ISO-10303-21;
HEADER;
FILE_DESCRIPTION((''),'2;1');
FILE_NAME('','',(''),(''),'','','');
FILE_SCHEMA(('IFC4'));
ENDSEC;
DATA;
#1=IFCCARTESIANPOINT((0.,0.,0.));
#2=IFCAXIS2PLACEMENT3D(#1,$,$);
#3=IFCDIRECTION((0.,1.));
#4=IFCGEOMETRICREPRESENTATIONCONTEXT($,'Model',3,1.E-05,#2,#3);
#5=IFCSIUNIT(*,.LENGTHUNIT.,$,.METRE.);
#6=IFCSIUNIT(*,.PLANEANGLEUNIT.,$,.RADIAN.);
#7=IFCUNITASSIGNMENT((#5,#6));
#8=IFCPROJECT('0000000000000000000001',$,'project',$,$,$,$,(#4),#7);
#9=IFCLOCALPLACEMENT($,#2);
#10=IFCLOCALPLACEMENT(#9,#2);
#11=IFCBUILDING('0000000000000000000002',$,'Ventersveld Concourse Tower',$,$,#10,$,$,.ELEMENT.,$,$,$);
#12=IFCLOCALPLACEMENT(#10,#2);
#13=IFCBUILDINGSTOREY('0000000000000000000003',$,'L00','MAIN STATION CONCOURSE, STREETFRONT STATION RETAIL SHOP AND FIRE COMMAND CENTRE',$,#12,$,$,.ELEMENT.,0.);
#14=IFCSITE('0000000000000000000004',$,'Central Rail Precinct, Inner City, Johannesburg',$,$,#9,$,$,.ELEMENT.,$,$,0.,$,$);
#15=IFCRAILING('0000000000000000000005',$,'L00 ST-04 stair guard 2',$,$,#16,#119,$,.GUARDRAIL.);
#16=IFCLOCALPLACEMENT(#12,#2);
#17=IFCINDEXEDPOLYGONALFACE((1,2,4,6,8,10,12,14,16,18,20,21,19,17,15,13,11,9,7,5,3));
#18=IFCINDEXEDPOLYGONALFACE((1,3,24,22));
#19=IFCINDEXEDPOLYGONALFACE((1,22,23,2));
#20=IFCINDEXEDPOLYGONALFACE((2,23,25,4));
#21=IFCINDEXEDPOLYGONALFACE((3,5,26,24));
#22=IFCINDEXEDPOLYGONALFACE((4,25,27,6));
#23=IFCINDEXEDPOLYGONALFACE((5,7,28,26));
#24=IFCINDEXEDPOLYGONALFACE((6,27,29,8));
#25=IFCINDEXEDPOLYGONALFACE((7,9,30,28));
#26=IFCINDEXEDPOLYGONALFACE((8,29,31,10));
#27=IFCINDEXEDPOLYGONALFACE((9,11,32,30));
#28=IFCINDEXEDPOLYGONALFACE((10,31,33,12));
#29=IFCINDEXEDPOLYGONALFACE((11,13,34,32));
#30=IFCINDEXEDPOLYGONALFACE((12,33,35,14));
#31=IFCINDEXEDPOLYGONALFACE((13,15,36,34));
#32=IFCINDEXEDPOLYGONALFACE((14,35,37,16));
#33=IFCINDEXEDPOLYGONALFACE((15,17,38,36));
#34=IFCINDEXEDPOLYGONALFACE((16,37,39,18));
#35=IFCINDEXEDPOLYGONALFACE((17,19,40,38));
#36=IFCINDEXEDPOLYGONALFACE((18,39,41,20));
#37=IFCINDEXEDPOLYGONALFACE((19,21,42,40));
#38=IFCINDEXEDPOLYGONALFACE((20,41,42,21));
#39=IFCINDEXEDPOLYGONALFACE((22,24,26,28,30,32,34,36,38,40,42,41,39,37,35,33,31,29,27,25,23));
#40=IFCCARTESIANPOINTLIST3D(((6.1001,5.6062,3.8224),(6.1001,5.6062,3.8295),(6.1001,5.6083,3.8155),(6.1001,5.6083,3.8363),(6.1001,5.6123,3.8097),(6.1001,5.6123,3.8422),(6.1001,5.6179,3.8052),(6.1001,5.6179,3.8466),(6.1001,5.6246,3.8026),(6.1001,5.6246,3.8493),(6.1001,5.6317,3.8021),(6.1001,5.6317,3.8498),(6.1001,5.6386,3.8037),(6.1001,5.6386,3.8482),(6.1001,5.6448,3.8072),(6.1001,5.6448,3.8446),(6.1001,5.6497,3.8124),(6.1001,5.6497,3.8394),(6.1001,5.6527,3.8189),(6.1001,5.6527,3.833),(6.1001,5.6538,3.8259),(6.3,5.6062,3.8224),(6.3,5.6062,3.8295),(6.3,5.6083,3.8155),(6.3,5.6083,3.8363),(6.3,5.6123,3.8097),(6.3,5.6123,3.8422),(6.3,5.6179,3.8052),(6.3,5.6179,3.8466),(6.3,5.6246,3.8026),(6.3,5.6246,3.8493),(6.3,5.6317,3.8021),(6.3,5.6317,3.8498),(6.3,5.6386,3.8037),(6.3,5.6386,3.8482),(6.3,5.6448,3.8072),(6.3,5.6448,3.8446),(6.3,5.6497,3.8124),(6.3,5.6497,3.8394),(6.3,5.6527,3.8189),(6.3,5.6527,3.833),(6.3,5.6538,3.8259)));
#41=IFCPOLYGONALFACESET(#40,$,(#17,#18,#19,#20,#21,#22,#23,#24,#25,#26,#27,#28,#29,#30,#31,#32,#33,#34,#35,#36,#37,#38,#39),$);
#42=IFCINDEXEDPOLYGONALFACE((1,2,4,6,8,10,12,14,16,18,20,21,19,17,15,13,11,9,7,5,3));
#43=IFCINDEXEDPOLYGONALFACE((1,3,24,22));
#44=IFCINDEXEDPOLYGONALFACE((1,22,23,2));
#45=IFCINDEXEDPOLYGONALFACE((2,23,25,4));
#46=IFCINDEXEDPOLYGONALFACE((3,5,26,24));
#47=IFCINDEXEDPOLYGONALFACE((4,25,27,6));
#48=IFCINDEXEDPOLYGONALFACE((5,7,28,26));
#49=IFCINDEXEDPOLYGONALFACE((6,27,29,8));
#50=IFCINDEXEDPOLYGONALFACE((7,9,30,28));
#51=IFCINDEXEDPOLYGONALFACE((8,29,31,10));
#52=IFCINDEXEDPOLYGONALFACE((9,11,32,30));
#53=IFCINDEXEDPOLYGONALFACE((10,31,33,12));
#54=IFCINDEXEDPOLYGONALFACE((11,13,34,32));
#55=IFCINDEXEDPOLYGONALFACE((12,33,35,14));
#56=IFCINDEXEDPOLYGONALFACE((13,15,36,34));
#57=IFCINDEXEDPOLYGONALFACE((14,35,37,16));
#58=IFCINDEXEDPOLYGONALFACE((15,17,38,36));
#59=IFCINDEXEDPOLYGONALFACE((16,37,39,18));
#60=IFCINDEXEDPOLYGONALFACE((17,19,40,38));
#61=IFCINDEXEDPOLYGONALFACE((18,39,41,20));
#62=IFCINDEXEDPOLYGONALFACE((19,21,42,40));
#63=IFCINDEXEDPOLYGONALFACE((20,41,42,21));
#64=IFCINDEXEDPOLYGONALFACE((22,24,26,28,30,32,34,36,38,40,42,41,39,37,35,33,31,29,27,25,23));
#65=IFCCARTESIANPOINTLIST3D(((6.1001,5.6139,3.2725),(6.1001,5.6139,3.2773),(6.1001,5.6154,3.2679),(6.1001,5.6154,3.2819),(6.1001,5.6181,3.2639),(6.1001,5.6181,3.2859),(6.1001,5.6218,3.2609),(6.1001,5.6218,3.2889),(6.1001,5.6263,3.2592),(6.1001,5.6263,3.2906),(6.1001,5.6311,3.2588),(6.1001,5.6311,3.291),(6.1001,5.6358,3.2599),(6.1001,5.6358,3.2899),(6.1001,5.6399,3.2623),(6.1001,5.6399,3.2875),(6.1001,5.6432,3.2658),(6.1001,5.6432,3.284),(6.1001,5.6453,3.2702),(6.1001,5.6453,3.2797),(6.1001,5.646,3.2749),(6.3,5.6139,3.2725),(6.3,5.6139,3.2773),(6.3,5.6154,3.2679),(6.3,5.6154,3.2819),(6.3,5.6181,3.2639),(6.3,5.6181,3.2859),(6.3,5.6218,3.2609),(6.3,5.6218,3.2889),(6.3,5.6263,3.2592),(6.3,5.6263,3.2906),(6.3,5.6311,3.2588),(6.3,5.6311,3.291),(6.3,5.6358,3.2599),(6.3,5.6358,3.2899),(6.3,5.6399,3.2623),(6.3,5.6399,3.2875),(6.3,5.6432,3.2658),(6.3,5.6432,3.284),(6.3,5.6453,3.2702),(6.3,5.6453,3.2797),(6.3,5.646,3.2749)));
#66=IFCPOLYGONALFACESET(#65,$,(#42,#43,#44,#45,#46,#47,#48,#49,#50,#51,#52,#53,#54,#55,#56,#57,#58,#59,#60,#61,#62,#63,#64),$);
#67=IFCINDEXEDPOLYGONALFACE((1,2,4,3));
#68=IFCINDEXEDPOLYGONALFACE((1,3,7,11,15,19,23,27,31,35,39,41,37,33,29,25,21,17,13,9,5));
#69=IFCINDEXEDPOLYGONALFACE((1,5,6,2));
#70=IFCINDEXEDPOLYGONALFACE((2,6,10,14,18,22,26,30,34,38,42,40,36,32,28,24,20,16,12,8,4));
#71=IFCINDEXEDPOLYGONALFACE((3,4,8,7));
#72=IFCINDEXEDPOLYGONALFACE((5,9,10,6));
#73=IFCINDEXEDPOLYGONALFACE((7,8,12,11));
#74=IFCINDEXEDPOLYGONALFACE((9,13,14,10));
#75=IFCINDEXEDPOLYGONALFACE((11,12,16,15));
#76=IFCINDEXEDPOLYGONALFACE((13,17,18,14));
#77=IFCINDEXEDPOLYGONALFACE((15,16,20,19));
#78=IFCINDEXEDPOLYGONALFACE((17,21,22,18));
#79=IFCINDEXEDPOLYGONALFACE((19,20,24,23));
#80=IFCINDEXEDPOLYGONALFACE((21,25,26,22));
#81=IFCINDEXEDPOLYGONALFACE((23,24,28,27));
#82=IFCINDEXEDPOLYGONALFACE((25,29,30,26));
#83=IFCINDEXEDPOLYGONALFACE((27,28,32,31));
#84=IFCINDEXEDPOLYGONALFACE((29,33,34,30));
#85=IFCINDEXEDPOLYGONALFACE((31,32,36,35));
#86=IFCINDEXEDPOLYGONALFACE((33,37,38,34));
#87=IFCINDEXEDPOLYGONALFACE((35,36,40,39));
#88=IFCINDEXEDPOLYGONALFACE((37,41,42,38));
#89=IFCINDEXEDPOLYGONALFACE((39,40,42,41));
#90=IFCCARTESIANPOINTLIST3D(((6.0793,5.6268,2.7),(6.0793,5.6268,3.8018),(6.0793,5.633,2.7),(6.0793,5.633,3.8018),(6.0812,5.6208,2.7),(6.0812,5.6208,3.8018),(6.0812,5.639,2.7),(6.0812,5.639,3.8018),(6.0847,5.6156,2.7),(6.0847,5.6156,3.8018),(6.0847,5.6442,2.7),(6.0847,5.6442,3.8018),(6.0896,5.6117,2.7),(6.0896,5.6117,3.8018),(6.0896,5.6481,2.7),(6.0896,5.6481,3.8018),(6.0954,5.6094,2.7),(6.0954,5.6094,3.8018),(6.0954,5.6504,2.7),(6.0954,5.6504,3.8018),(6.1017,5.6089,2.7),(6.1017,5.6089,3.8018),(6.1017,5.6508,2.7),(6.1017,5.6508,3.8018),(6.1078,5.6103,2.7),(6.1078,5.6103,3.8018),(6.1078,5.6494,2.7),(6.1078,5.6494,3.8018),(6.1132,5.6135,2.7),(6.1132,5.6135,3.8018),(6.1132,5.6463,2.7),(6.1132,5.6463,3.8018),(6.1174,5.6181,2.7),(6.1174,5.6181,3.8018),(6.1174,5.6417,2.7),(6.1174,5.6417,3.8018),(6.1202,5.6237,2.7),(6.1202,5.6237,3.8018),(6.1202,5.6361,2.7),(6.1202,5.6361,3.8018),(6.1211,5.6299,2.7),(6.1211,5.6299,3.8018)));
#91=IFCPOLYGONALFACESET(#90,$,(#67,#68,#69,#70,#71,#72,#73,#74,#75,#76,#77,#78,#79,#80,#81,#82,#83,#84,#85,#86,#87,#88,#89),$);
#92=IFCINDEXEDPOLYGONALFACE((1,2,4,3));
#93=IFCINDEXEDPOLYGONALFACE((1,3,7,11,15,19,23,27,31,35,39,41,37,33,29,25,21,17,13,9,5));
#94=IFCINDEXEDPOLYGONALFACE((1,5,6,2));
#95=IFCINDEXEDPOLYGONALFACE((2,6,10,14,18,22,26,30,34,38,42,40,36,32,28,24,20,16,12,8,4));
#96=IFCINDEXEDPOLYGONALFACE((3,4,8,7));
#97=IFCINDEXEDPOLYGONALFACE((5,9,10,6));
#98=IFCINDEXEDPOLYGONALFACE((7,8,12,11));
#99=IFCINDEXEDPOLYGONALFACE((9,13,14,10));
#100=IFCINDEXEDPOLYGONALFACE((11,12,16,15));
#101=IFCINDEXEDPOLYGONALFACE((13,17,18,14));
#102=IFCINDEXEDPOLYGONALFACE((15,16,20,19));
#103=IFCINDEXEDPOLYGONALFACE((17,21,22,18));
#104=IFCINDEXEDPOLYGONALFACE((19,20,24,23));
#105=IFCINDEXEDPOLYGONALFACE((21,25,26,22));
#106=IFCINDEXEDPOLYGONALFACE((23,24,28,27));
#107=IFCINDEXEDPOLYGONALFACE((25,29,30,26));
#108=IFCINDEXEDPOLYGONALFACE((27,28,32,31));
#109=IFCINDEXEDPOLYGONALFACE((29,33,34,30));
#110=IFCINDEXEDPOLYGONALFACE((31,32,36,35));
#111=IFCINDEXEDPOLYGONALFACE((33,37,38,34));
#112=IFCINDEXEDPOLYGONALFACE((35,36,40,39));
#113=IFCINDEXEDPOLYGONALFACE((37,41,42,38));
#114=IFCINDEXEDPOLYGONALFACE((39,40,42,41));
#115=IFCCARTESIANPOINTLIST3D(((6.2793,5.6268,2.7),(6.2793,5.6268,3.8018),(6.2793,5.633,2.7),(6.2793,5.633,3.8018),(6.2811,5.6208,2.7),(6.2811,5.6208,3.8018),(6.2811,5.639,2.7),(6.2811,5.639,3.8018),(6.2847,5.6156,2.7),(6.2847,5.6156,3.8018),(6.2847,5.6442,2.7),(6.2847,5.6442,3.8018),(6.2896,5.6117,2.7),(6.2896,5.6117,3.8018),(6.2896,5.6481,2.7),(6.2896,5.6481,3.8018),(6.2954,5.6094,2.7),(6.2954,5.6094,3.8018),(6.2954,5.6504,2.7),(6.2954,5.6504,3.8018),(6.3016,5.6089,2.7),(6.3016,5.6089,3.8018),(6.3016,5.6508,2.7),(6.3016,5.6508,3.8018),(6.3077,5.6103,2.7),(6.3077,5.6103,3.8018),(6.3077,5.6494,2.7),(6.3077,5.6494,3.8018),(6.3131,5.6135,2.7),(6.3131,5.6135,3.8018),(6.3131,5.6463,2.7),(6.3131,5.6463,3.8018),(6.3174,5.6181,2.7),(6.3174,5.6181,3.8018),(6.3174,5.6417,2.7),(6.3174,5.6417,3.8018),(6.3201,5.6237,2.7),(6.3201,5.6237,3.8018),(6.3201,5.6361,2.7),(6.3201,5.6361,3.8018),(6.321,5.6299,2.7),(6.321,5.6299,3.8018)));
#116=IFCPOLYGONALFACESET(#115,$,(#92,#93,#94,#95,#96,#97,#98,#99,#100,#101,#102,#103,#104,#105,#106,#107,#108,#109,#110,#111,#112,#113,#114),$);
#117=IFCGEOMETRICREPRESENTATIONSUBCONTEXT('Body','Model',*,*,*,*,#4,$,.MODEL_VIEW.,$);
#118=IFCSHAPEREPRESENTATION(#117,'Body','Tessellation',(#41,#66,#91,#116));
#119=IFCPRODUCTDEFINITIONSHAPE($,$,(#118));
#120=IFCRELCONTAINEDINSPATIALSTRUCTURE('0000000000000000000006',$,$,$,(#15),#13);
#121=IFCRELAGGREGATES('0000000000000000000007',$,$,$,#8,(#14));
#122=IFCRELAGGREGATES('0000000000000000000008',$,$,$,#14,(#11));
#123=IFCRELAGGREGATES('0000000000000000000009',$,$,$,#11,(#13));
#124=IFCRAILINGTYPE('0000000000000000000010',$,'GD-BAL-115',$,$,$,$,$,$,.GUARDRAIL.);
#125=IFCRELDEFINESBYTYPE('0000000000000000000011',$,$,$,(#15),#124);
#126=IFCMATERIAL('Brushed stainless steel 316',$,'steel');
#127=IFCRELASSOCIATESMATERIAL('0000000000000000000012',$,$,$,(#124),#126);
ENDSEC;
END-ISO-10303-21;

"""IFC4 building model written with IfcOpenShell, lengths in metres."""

from ifc_helpers import new_model, si_unit, direction, frame, origin, origin_2d, place, context, subcontext, project, spatial, circle, extrude, material, type_object, element, save


model = new_model("IFC4")

# Units and contexts
model_context = context("Model", 3, precision=1e-05, world=origin(), true_north=direction((0.0, 1.0)))
body_context = subcontext(model_context, "Body", "Model", "MODEL_VIEW")
ifc_project = project(units=[si_unit("LENGTHUNIT", "METRE"), si_unit("PLANEANGLEUNIT", "RADIAN")], contexts=[model_context])

# Site, building, storey
site_placement = place(None, origin())
site = spatial("IfcSite", under=ifc_project, at=site_placement, Name="Central Rail Precinct, Inner City, Johannesburg", CompositionType="ELEMENT", RefElevation=0.0)
building_placement = place(site_placement, origin())
building = spatial("IfcBuilding", under=site, at=building_placement, Name="Ventersveld Concourse Tower", CompositionType="ELEMENT")
storey_placement = place(building_placement, origin())
storey = spatial("IfcBuildingStorey", under=building, at=storey_placement, Name="L00", Description="MAIN STATION CONCOURSE, STREETFRONT STATION RETAIL SHOP AND FIRE COMMAND CENTRE", CompositionType="ELEMENT", Elevation=0.0)

# Shared definitions
ifc_material_1 = material(Name="Brushed stainless steel 316", Category="steel")

# Railing
railing_type_1 = type_object("IfcRailingType", Name="GD-BAL-115", PredefinedType="GUARDRAIL", material=ifc_material_1)
railing_1_placement = place(storey_placement, frame((6.1001, 5.6299, 2.7)))
element("IfcRailing", 1, at=railing_1_placement, inside=storey, type_object=railing_type_1, Name="L00 ST-04 stair guard 2", PredefinedType="GUARDRAIL", context=body_context, shape_type="SweptSolid", body=[
    extrude(circle(Radius=0.0239, at=origin_2d()), frame((0.0, 0.0, 1.126), z_axis=(1.0, 0.0, 0.0), x_axis=(0.0, 1.0, 0.0)), (0.0, 0.0, 1.0), 0.2),
    extrude(circle(Radius=0.0161, at=origin_2d()), frame((0.0, 0.0, 0.575), z_axis=(1.0, 0.0, 0.0), x_axis=(0.0, 1.0, 0.0)), (0.0, 0.0, 1.0), 0.2),
    extrude(circle(Radius=0.021, at=origin_2d()), origin(), (0.0, 0.0, 1.0), 1.1018),
    extrude(circle(Radius=0.021, at=origin_2d()), frame((0.2, 0.0, 0.0)), (0.0, 0.0, 1.0), 1.1018),
])

save(model, "model.ifc")
